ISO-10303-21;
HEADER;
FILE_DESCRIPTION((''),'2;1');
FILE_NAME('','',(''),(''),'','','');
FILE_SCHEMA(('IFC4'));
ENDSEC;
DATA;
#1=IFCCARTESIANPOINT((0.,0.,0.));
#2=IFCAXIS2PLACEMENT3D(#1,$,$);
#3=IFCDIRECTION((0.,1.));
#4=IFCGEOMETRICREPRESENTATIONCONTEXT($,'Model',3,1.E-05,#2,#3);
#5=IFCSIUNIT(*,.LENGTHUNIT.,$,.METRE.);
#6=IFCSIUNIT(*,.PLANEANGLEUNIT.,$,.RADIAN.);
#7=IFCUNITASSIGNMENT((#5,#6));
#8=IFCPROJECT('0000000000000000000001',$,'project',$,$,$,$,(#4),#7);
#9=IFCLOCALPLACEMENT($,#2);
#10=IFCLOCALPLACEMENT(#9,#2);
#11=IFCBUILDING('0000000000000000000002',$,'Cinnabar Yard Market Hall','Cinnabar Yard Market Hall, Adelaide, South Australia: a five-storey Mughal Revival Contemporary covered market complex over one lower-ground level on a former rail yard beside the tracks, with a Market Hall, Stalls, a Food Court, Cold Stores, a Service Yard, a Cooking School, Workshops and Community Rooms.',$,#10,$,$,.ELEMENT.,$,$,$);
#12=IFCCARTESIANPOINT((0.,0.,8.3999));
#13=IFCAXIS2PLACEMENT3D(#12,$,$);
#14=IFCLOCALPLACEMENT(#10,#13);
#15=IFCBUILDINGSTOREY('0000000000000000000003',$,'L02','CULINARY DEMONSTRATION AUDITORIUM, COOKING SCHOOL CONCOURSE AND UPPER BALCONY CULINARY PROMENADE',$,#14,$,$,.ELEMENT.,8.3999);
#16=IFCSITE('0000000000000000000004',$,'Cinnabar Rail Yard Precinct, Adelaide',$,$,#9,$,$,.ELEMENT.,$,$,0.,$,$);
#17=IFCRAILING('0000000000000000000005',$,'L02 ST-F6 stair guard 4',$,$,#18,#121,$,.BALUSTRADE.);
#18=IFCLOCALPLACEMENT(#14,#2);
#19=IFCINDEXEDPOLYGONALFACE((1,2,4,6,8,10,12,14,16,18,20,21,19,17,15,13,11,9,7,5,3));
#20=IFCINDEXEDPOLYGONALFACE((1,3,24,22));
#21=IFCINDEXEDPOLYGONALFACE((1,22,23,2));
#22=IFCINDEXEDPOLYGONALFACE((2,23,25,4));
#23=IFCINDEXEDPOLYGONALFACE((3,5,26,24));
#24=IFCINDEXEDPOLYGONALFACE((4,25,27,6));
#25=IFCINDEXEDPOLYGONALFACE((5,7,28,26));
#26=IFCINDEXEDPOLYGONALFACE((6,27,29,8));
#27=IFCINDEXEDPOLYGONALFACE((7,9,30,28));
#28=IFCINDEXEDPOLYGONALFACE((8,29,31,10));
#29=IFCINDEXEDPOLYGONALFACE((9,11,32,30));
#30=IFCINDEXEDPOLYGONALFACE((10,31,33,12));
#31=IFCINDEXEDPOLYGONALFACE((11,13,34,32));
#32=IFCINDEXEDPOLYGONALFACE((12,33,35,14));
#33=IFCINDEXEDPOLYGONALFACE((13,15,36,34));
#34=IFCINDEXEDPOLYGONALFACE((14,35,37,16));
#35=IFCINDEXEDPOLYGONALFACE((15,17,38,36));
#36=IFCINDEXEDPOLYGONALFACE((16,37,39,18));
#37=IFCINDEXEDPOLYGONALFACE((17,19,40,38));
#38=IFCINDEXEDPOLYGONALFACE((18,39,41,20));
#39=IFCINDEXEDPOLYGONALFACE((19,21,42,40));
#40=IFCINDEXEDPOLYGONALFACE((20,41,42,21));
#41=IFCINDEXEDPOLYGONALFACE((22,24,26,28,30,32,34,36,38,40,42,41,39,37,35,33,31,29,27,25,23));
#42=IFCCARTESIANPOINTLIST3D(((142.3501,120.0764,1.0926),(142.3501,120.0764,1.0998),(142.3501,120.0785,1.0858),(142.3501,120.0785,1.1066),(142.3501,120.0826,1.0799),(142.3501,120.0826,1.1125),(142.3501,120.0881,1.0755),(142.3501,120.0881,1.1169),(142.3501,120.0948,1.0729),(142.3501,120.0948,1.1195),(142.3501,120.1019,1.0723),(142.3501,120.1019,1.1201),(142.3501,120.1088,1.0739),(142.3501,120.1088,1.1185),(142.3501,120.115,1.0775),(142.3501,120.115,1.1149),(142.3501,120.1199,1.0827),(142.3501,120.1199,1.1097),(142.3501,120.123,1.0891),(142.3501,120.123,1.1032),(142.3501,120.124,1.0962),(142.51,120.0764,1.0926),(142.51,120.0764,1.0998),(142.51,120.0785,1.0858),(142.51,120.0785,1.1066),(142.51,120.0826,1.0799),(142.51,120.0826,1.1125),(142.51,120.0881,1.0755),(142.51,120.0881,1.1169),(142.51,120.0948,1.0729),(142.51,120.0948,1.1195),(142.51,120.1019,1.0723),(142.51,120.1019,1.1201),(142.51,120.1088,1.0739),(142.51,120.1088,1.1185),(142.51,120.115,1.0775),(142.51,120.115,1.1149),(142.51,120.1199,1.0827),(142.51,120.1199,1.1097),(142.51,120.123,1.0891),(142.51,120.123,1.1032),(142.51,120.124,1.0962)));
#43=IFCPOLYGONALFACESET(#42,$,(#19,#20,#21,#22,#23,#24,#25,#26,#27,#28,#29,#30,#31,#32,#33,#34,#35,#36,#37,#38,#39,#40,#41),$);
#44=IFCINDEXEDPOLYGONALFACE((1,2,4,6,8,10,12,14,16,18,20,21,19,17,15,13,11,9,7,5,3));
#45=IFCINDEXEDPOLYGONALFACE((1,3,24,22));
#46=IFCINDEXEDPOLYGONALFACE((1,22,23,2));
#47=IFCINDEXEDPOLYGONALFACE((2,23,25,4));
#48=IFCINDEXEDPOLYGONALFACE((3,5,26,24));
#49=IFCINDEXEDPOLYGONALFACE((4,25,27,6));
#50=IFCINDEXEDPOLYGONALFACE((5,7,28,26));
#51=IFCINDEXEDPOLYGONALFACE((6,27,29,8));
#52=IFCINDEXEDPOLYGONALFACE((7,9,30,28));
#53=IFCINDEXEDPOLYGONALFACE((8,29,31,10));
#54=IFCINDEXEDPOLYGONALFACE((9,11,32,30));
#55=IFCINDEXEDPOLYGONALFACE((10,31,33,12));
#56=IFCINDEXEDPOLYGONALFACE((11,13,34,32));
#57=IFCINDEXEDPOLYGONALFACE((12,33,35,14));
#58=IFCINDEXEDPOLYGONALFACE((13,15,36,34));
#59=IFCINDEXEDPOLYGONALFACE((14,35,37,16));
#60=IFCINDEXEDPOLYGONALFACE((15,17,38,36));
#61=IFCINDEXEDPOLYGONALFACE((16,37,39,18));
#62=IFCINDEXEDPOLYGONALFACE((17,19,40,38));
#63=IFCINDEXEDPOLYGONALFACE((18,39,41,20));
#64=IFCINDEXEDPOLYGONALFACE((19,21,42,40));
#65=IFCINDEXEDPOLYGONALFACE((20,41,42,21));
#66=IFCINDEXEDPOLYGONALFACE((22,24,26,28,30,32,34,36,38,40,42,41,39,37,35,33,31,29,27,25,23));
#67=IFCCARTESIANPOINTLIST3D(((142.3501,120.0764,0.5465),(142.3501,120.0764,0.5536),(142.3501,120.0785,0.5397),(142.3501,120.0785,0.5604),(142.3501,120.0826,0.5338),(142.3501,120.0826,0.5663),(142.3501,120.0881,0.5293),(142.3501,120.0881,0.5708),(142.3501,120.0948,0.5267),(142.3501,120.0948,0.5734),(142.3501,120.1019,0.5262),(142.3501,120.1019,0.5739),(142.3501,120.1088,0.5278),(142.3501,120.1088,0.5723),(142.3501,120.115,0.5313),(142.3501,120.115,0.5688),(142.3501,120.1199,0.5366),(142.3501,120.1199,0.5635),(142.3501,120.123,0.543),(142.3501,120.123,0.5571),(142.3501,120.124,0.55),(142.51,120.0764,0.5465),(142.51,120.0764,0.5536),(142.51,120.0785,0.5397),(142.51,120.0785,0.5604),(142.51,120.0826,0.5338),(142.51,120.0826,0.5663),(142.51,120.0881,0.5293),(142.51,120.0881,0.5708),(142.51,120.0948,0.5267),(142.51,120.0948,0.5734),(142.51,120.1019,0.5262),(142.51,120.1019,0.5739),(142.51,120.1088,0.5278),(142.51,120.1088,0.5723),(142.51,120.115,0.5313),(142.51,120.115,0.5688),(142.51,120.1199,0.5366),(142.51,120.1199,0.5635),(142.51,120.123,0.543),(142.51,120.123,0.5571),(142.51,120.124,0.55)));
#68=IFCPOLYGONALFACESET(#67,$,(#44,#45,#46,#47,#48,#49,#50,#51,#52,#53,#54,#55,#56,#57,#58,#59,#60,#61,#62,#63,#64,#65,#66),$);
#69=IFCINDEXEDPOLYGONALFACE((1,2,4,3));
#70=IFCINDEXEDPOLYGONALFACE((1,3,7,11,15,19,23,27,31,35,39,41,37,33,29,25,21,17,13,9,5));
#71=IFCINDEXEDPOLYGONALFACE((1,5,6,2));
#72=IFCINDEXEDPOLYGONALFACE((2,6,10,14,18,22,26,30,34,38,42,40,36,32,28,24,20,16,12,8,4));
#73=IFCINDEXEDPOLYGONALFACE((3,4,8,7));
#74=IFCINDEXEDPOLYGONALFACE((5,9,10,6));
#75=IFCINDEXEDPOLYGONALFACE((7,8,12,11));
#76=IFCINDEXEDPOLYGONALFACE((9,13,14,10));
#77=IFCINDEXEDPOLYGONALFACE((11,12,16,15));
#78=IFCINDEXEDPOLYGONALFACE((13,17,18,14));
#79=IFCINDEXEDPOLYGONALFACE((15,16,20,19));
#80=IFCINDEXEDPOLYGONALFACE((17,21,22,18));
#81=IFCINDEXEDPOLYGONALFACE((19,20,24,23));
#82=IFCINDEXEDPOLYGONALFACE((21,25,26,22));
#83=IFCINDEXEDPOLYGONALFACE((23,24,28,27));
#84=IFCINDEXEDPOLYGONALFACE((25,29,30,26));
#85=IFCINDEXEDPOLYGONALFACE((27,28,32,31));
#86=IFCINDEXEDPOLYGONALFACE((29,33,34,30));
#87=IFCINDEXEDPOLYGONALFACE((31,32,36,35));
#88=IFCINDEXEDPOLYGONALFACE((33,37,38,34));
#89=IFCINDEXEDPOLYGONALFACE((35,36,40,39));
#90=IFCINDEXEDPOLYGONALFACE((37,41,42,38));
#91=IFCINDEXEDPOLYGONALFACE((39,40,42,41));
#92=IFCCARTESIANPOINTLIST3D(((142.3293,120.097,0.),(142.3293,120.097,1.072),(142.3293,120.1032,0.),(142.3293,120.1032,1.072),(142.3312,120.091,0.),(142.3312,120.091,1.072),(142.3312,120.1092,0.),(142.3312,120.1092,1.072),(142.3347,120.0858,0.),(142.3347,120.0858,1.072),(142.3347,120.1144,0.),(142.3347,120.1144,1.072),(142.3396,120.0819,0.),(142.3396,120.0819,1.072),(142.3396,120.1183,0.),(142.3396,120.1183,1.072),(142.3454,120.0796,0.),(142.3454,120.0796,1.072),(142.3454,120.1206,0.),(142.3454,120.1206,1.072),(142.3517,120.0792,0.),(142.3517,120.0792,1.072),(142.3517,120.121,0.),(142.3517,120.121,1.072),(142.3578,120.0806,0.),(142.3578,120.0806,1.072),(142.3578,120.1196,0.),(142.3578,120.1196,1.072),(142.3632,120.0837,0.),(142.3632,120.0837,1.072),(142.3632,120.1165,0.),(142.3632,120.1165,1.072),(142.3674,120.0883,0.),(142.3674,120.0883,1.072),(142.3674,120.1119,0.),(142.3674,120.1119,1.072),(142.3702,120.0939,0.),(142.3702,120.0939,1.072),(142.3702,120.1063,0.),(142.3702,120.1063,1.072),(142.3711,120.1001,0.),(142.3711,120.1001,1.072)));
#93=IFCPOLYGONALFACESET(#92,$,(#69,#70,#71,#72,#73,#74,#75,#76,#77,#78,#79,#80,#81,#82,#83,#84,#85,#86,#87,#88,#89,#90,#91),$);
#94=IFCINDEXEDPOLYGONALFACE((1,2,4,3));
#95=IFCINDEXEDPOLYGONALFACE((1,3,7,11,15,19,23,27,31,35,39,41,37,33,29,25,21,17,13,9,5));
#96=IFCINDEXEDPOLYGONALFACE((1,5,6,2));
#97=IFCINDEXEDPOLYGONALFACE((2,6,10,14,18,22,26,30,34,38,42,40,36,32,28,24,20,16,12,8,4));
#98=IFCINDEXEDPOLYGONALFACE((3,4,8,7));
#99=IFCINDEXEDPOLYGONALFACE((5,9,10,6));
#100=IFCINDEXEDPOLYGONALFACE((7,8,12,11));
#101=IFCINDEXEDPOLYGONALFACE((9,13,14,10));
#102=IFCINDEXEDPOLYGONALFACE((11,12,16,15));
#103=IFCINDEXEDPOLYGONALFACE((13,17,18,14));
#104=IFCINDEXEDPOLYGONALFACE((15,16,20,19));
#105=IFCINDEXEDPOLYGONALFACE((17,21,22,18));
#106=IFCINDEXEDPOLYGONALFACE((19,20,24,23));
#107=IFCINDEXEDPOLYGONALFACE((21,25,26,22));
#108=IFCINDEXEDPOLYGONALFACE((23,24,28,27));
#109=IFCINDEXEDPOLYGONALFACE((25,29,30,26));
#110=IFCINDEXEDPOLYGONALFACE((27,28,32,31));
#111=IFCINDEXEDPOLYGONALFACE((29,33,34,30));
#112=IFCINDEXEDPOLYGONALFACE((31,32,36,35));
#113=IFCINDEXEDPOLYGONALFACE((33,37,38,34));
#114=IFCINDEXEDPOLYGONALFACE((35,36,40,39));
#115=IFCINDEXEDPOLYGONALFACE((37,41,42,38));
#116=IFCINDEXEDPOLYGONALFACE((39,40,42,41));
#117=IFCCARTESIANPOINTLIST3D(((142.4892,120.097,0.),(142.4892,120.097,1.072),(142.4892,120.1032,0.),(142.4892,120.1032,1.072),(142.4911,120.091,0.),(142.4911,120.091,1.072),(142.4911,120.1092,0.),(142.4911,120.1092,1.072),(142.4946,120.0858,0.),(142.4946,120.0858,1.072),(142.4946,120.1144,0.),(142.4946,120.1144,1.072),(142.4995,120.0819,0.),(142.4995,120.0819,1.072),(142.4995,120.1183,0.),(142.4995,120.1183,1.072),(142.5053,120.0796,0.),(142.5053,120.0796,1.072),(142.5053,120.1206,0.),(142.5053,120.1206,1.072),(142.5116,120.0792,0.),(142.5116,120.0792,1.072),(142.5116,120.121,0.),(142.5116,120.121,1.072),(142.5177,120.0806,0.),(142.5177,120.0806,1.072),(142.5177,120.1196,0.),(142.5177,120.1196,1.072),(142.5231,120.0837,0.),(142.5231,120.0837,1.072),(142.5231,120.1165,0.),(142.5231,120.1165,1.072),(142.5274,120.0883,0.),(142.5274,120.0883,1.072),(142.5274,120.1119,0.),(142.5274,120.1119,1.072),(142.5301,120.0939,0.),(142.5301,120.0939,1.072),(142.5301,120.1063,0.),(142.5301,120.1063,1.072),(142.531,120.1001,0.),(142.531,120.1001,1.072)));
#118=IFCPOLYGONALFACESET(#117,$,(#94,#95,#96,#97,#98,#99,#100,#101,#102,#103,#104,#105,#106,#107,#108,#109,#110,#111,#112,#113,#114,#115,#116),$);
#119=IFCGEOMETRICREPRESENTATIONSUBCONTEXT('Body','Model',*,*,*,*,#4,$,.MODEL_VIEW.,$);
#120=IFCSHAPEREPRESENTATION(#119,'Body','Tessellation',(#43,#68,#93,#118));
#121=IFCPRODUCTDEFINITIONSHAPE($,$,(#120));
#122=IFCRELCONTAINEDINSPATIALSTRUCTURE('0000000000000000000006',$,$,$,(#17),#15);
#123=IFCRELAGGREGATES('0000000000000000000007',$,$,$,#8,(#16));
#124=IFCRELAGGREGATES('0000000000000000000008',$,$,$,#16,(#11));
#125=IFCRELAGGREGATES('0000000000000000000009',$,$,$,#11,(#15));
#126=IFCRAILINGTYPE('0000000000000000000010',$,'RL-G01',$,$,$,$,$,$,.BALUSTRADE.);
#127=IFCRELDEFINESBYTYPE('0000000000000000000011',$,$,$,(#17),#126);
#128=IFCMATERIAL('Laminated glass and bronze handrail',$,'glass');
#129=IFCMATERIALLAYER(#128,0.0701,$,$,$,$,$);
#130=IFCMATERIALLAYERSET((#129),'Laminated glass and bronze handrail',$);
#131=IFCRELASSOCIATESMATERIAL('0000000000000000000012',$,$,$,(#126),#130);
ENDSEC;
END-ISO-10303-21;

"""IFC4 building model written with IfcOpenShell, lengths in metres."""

from ifc_helpers import new_model, si_unit, direction, frame, origin, origin_2d_with_axis, place, context, subcontext, project, spatial, circle, extrude, material, layer, layer_set, type_object, element, save


model = new_model("IFC4")

# Units and contexts
model_context = context("Model", 3, precision=1e-05, world=origin(), true_north=direction((0.0, 1.0)))
body_context = subcontext(model_context, "Body", "Model", "MODEL_VIEW")
ifc_project = project(units=[si_unit("LENGTHUNIT", "METRE"), si_unit("PLANEANGLEUNIT", "RADIAN")], contexts=[model_context])

# Site, building, storey
site_placement = place(None, origin())
site = spatial("IfcSite", under=ifc_project, at=site_placement, Name="Cinnabar Rail Yard Precinct, Adelaide", CompositionType="ELEMENT", RefElevation=0.0)
building_placement = place(site_placement, origin())
building = spatial("IfcBuilding", under=site, at=building_placement, Name="Cinnabar Yard Market Hall", Description="Cinnabar Yard Market Hall, Adelaide, South Australia: a five-storey Mughal Revival Contemporary covered market complex over one lower-ground level on a former rail yard beside the tracks, with a Market Hall, Stalls, a Food Court, Cold Stores, a Service Yard, a Cooking School, Workshops and Community Rooms.", CompositionType="ELEMENT")
storey_placement = place(building_placement, frame((0.0, 0.0, 8.3999)))
storey = spatial("IfcBuildingStorey", under=building, at=storey_placement, Name="L02", Description="CULINARY DEMONSTRATION AUDITORIUM, COOKING SCHOOL CONCOURSE AND UPPER BALCONY CULINARY PROMENADE", CompositionType="ELEMENT", Elevation=8.3999)

# Railing
ifc_material_1 = material(Name="Laminated glass and bronze handrail", Category="glass")
ifc_layer_1 = layer(ifc_material_1, 0.0701)
ifc_layer_set_1 = layer_set([ifc_layer_1], Name="Laminated glass and bronze handrail")
railing_type_1 = type_object("IfcRailingType", Name="RL-G01", PredefinedType="BALUSTRADE", material=ifc_layer_set_1)
railing_1_placement = place(storey_placement, frame((142.3501, 120.1001, 0.0)))
element("IfcRailing", 1, at=railing_1_placement, inside=storey, type_object=railing_type_1, Name="L02 ST-F6 stair guard 4", PredefinedType="BALUSTRADE", context=body_context, shape_type="SweptSolid", body=[
    extrude(circle(Radius=0.0239, at=origin_2d_with_axis()), frame((0.0, 0.0, 1.0962), z_axis=(1.0, 0.0, 0.0), x_axis=(0.0, 1.0, 0.0)), (0.0, 0.0, 1.0), 0.1599),
    extrude(circle(Radius=0.0239, at=origin_2d_with_axis()), frame((0.0, 0.0, 0.55), z_axis=(1.0, 0.0, 0.0), x_axis=(0.0, 1.0, 0.0)), (0.0, 0.0, 1.0), 0.1599),
    extrude(circle(Radius=0.021, at=origin_2d_with_axis()), origin(), (0.0, 0.0, 1.0), 1.072),
    extrude(circle(Radius=0.021, at=origin_2d_with_axis()), frame((0.1599, 0.0, 0.0)), (0.0, 0.0, 1.0), 1.072),
])

save(model, "model.ifc")
